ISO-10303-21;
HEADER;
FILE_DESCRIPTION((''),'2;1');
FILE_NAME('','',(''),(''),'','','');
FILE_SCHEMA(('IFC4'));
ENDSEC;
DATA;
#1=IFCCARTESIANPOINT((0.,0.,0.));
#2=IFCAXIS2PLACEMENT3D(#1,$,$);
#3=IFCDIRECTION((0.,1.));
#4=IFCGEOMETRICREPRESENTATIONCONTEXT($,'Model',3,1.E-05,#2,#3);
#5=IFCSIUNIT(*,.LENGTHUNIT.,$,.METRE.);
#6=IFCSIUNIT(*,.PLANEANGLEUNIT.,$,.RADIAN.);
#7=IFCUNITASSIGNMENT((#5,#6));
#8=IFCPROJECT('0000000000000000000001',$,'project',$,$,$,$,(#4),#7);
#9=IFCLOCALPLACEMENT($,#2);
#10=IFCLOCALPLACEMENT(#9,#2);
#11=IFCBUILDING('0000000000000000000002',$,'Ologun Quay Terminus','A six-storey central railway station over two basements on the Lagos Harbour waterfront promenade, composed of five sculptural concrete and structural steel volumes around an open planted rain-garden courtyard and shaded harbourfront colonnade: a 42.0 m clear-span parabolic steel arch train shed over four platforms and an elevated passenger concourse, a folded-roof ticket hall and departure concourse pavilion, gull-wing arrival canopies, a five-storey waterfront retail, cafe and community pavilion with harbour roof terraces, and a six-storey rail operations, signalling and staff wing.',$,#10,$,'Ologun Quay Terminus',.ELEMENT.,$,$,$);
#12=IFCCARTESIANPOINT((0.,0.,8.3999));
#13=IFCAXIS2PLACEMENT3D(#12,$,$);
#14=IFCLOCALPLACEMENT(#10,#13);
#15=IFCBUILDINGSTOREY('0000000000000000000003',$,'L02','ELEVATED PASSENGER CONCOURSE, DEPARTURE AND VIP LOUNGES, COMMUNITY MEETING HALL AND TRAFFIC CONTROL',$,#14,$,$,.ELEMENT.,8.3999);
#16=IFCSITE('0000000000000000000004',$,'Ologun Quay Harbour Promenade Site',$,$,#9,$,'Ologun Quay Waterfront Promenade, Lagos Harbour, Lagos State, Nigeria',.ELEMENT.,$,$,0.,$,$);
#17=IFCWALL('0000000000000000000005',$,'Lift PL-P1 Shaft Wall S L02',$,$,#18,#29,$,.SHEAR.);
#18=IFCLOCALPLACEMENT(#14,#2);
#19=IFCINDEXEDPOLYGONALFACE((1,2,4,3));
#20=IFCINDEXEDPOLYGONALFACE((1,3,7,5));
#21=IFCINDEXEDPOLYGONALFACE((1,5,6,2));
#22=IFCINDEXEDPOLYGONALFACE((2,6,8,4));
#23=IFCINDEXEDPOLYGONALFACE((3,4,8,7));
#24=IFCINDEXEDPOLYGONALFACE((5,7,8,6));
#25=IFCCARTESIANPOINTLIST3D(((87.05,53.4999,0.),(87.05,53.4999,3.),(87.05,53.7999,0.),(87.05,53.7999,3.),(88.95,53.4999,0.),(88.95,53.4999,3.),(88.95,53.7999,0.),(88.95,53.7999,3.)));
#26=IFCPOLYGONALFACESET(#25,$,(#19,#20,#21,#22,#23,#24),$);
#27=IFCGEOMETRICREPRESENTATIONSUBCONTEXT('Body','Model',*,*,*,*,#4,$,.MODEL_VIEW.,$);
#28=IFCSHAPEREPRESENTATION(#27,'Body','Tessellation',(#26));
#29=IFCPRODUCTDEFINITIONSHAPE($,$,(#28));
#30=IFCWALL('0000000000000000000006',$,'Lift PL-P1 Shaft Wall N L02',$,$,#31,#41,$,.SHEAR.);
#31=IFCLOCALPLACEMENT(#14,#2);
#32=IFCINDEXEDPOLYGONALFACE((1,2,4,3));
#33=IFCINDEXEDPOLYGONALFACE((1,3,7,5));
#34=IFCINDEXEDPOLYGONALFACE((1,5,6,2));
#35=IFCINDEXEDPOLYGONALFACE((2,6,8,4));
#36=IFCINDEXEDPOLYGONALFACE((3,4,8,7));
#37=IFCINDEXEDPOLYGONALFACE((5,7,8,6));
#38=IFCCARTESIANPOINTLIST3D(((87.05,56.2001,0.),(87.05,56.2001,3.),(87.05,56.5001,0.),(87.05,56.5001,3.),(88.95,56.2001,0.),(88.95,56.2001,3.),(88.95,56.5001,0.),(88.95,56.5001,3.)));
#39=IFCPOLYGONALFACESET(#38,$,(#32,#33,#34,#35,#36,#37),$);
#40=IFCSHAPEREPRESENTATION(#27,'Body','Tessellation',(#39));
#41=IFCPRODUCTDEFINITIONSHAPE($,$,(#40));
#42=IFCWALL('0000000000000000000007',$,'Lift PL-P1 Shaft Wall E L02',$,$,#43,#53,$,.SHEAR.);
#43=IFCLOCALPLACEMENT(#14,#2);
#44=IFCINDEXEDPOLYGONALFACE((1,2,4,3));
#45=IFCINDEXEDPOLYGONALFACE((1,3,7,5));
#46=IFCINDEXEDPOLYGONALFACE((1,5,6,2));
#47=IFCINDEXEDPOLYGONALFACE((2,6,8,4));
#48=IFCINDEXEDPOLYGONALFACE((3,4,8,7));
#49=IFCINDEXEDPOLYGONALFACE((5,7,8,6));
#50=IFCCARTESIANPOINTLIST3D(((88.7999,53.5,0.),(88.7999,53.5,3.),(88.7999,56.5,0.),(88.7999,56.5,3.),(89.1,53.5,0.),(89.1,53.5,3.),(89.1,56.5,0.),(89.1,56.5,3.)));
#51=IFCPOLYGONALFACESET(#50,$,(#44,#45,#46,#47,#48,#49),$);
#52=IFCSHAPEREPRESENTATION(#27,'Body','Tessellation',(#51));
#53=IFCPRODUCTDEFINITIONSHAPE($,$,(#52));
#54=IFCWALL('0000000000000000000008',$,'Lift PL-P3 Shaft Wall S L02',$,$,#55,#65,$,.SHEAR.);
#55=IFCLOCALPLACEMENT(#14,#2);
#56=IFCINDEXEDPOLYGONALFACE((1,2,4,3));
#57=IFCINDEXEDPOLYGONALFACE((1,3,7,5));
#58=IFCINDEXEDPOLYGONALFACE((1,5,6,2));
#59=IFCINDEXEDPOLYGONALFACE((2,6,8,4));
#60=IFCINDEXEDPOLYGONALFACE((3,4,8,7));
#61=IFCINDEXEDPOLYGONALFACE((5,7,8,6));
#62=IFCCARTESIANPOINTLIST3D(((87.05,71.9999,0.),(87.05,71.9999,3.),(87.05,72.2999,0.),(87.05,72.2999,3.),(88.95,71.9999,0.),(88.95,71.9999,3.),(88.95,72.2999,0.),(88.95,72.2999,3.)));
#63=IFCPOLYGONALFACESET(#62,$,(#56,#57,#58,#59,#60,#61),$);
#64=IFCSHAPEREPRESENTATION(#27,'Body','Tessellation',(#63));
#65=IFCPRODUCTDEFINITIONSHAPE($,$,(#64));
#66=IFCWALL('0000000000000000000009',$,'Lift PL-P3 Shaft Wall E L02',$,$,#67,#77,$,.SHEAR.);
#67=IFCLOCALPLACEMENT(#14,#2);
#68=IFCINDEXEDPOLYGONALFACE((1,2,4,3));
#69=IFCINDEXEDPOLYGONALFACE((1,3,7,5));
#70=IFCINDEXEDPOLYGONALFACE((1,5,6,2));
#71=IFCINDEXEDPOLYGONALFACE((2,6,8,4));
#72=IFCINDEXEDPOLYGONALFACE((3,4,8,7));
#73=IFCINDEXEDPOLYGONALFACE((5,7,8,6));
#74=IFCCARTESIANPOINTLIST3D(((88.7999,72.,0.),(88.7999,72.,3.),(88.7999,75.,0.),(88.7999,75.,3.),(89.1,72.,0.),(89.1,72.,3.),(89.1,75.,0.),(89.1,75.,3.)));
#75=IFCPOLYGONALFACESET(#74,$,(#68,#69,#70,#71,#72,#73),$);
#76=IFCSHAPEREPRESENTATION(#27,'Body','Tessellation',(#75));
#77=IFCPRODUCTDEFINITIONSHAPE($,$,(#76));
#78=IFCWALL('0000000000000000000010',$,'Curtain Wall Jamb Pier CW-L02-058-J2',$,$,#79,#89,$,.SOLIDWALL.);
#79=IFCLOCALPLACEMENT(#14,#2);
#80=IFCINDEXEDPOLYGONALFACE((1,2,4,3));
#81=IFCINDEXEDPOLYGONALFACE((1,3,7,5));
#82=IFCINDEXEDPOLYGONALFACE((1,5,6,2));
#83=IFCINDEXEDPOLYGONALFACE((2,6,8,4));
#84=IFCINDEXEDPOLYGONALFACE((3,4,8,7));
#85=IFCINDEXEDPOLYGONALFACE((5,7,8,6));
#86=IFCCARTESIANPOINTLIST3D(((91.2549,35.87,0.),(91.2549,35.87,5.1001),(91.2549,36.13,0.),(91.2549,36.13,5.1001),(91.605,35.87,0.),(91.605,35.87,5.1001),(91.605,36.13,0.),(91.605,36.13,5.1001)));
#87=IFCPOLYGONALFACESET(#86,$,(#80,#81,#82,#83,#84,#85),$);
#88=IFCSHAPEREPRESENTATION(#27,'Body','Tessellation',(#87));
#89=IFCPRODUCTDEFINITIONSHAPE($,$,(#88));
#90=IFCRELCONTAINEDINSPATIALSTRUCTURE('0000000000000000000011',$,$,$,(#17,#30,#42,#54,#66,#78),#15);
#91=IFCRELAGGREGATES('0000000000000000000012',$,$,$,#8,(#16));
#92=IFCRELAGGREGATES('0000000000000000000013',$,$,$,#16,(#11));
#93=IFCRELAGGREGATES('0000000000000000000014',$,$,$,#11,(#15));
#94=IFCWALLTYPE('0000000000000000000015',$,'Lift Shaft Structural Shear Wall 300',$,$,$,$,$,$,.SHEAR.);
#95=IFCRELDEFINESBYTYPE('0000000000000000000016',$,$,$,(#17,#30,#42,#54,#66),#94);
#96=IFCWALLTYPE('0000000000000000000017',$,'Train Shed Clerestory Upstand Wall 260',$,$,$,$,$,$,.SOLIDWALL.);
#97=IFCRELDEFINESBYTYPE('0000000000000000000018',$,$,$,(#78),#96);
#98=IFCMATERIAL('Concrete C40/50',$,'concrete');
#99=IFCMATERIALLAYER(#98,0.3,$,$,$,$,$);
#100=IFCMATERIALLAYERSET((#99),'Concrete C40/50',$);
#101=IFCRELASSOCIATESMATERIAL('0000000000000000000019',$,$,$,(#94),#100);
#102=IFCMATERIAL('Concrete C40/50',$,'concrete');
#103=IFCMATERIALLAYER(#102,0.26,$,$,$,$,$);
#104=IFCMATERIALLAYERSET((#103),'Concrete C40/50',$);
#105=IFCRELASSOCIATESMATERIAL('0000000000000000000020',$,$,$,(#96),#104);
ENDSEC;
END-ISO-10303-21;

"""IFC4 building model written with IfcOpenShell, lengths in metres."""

from ifc_helpers import new_model, si_unit, direction, frame, frame_2d, origin, place, context, subcontext, project, spatial, rectangle, extrude, material, layer, layer_set, type_object, element, save


model = new_model("IFC4")

# Units and contexts
model_context = context("Model", 3, precision=1e-05, world=origin(), true_north=direction((0.0, 1.0)))
body_context = subcontext(model_context, "Body", "Model", "MODEL_VIEW")
ifc_project = project(units=[si_unit("LENGTHUNIT", "METRE"), si_unit("PLANEANGLEUNIT", "RADIAN")], contexts=[model_context])

# Site, building, storey
site_placement = place(None, origin())
site = spatial("IfcSite", under=ifc_project, at=site_placement, Name="Ologun Quay Harbour Promenade Site", LongName="Ologun Quay Waterfront Promenade, Lagos Harbour, Lagos State, Nigeria", CompositionType="ELEMENT", RefElevation=0.0)
building_placement = place(site_placement, origin())
building = spatial("IfcBuilding", under=site, at=building_placement, Name="Ologun Quay Terminus", Description="A six-storey central railway station over two basements on the Lagos Harbour waterfront promenade, composed of five sculptural concrete and structural steel volumes around an open planted rain-garden courtyard and shaded harbourfront colonnade: a 42.0 m clear-span parabolic steel arch train shed over four platforms and an elevated passenger concourse, a folded-roof ticket hall and departure concourse pavilion, gull-wing arrival canopies, a five-storey waterfront retail, cafe and community pavilion with harbour roof terraces, and a six-storey rail operations, signalling and staff wing.", LongName="Ologun Quay Terminus", CompositionType="ELEMENT")
storey_placement = place(building_placement, frame((0.0, 0.0, 8.3999)))
storey = spatial("IfcBuildingStorey", under=building, at=storey_placement, Name="L02", Description="ELEVATED PASSENGER CONCOURSE, DEPARTURE AND VIP LOUNGES, COMMUNITY MEETING HALL AND TRAFFIC CONTROL", CompositionType="ELEMENT", Elevation=8.3999)

# Walls
ifc_material_1 = material(Name="Concrete C40/50", Category="concrete")
ifc_layer_1 = layer(ifc_material_1, 0.3)
ifc_layer_set_1 = layer_set([ifc_layer_1], Name="Concrete C40/50")
wall_type_1 = type_object("IfcWallType", Name="Lift Shaft Structural Shear Wall 300", PredefinedType="SHEAR", material=ifc_layer_set_1)
for number, where, z_axis, x_axis, name in (
    (1, (87.05, 53.6499, 0.0), (0.0, 0.0, 1.0), (1.0, 0.0, 0.0), "Lift PL-P1 Shaft Wall S L02"),
    (2, (87.05, 56.3501, 0.0), (0.0, 0.0, 1.0), (1.0, 0.0, 0.0), "Lift PL-P1 Shaft Wall N L02"),
):
    element("IfcWall", number, at=place(storey_placement, frame(where, z_axis=z_axis, x_axis=x_axis)), inside=storey, type_object=wall_type_1, Name=name, PredefinedType="SHEAR", context=body_context, shape_type="SweptSolid", body=[
        extrude(rectangle(XDim=1.8999, YDim=0.3, at=frame_2d((0.95, 0.0))), origin(), (0.0, 0.0, 1.0), 3.0),
    ])

# Walls
wall_1_placement = place(storey_placement, frame((88.95, 53.5, 0.0), z_axis=(0.0, 0.0, 1.0), x_axis=(0.0, 1.0, 0.0)))
element("IfcWall", 3, at=wall_1_placement, inside=storey, type_object=wall_type_1, Name="Lift PL-P1 Shaft Wall E L02", PredefinedType="SHEAR", context=body_context, shape_type="SweptSolid", body=[
    extrude(rectangle(XDim=3.0, YDim=0.3, at=frame_2d((1.5, 0.0))), origin(), (0.0, 0.0, 1.0), 3.0),
])
wall_2_placement = place(storey_placement, frame((87.05, 72.1499, 0.0), z_axis=(0.0, 0.0, 1.0), x_axis=(1.0, 0.0, 0.0)))
element("IfcWall", 4, at=wall_2_placement, inside=storey, type_object=wall_type_1, Name="Lift PL-P3 Shaft Wall S L02", PredefinedType="SHEAR", context=body_context, shape_type="SweptSolid", body=[
    extrude(rectangle(XDim=1.8999, YDim=0.3, at=frame_2d((0.95, 0.0))), origin(), (0.0, 0.0, 1.0), 3.0),
])

# Walls
wall_3_placement = place(storey_placement, frame((88.95, 72.0, 0.0), z_axis=(0.0, 0.0, 1.0), x_axis=(0.0, 1.0, 0.0)))
element("IfcWall", 5, at=wall_3_placement, inside=storey, type_object=wall_type_1, Name="Lift PL-P3 Shaft Wall E L02", PredefinedType="SHEAR", context=body_context, shape_type="SweptSolid", body=[
    extrude(rectangle(XDim=3.0, YDim=0.3, at=frame_2d((1.5, 0.0))), origin(), (0.0, 0.0, 1.0), 3.0),
])
ifc_material_2 = material(Name="Concrete C40/50", Category="concrete")
ifc_layer_2 = layer(ifc_material_2, 0.26)
ifc_layer_set_2 = layer_set([ifc_layer_2], Name="Concrete C40/50")
wall_type_2 = type_object("IfcWallType", Name="Train Shed Clerestory Upstand Wall 260", PredefinedType="SOLIDWALL", material=ifc_layer_set_2)
wall_4_placement = place(storey_placement, frame((91.2549, 36.0, 0.0), z_axis=(0.0, 0.0, 1.0), x_axis=(1.0, 0.0, 0.0)))
element("IfcWall", 6, at=wall_4_placement, inside=storey, type_object=wall_type_2, Name="Curtain Wall Jamb Pier CW-L02-058-J2", PredefinedType="SOLIDWALL", context=body_context, shape_type="SweptSolid", body=[
    extrude(rectangle(XDim=0.3501, YDim=0.26, at=frame_2d((0.175, 0.0))), origin(), (0.0, 0.0, 1.0), 5.1001),
])

save(model, "model.ifc")
